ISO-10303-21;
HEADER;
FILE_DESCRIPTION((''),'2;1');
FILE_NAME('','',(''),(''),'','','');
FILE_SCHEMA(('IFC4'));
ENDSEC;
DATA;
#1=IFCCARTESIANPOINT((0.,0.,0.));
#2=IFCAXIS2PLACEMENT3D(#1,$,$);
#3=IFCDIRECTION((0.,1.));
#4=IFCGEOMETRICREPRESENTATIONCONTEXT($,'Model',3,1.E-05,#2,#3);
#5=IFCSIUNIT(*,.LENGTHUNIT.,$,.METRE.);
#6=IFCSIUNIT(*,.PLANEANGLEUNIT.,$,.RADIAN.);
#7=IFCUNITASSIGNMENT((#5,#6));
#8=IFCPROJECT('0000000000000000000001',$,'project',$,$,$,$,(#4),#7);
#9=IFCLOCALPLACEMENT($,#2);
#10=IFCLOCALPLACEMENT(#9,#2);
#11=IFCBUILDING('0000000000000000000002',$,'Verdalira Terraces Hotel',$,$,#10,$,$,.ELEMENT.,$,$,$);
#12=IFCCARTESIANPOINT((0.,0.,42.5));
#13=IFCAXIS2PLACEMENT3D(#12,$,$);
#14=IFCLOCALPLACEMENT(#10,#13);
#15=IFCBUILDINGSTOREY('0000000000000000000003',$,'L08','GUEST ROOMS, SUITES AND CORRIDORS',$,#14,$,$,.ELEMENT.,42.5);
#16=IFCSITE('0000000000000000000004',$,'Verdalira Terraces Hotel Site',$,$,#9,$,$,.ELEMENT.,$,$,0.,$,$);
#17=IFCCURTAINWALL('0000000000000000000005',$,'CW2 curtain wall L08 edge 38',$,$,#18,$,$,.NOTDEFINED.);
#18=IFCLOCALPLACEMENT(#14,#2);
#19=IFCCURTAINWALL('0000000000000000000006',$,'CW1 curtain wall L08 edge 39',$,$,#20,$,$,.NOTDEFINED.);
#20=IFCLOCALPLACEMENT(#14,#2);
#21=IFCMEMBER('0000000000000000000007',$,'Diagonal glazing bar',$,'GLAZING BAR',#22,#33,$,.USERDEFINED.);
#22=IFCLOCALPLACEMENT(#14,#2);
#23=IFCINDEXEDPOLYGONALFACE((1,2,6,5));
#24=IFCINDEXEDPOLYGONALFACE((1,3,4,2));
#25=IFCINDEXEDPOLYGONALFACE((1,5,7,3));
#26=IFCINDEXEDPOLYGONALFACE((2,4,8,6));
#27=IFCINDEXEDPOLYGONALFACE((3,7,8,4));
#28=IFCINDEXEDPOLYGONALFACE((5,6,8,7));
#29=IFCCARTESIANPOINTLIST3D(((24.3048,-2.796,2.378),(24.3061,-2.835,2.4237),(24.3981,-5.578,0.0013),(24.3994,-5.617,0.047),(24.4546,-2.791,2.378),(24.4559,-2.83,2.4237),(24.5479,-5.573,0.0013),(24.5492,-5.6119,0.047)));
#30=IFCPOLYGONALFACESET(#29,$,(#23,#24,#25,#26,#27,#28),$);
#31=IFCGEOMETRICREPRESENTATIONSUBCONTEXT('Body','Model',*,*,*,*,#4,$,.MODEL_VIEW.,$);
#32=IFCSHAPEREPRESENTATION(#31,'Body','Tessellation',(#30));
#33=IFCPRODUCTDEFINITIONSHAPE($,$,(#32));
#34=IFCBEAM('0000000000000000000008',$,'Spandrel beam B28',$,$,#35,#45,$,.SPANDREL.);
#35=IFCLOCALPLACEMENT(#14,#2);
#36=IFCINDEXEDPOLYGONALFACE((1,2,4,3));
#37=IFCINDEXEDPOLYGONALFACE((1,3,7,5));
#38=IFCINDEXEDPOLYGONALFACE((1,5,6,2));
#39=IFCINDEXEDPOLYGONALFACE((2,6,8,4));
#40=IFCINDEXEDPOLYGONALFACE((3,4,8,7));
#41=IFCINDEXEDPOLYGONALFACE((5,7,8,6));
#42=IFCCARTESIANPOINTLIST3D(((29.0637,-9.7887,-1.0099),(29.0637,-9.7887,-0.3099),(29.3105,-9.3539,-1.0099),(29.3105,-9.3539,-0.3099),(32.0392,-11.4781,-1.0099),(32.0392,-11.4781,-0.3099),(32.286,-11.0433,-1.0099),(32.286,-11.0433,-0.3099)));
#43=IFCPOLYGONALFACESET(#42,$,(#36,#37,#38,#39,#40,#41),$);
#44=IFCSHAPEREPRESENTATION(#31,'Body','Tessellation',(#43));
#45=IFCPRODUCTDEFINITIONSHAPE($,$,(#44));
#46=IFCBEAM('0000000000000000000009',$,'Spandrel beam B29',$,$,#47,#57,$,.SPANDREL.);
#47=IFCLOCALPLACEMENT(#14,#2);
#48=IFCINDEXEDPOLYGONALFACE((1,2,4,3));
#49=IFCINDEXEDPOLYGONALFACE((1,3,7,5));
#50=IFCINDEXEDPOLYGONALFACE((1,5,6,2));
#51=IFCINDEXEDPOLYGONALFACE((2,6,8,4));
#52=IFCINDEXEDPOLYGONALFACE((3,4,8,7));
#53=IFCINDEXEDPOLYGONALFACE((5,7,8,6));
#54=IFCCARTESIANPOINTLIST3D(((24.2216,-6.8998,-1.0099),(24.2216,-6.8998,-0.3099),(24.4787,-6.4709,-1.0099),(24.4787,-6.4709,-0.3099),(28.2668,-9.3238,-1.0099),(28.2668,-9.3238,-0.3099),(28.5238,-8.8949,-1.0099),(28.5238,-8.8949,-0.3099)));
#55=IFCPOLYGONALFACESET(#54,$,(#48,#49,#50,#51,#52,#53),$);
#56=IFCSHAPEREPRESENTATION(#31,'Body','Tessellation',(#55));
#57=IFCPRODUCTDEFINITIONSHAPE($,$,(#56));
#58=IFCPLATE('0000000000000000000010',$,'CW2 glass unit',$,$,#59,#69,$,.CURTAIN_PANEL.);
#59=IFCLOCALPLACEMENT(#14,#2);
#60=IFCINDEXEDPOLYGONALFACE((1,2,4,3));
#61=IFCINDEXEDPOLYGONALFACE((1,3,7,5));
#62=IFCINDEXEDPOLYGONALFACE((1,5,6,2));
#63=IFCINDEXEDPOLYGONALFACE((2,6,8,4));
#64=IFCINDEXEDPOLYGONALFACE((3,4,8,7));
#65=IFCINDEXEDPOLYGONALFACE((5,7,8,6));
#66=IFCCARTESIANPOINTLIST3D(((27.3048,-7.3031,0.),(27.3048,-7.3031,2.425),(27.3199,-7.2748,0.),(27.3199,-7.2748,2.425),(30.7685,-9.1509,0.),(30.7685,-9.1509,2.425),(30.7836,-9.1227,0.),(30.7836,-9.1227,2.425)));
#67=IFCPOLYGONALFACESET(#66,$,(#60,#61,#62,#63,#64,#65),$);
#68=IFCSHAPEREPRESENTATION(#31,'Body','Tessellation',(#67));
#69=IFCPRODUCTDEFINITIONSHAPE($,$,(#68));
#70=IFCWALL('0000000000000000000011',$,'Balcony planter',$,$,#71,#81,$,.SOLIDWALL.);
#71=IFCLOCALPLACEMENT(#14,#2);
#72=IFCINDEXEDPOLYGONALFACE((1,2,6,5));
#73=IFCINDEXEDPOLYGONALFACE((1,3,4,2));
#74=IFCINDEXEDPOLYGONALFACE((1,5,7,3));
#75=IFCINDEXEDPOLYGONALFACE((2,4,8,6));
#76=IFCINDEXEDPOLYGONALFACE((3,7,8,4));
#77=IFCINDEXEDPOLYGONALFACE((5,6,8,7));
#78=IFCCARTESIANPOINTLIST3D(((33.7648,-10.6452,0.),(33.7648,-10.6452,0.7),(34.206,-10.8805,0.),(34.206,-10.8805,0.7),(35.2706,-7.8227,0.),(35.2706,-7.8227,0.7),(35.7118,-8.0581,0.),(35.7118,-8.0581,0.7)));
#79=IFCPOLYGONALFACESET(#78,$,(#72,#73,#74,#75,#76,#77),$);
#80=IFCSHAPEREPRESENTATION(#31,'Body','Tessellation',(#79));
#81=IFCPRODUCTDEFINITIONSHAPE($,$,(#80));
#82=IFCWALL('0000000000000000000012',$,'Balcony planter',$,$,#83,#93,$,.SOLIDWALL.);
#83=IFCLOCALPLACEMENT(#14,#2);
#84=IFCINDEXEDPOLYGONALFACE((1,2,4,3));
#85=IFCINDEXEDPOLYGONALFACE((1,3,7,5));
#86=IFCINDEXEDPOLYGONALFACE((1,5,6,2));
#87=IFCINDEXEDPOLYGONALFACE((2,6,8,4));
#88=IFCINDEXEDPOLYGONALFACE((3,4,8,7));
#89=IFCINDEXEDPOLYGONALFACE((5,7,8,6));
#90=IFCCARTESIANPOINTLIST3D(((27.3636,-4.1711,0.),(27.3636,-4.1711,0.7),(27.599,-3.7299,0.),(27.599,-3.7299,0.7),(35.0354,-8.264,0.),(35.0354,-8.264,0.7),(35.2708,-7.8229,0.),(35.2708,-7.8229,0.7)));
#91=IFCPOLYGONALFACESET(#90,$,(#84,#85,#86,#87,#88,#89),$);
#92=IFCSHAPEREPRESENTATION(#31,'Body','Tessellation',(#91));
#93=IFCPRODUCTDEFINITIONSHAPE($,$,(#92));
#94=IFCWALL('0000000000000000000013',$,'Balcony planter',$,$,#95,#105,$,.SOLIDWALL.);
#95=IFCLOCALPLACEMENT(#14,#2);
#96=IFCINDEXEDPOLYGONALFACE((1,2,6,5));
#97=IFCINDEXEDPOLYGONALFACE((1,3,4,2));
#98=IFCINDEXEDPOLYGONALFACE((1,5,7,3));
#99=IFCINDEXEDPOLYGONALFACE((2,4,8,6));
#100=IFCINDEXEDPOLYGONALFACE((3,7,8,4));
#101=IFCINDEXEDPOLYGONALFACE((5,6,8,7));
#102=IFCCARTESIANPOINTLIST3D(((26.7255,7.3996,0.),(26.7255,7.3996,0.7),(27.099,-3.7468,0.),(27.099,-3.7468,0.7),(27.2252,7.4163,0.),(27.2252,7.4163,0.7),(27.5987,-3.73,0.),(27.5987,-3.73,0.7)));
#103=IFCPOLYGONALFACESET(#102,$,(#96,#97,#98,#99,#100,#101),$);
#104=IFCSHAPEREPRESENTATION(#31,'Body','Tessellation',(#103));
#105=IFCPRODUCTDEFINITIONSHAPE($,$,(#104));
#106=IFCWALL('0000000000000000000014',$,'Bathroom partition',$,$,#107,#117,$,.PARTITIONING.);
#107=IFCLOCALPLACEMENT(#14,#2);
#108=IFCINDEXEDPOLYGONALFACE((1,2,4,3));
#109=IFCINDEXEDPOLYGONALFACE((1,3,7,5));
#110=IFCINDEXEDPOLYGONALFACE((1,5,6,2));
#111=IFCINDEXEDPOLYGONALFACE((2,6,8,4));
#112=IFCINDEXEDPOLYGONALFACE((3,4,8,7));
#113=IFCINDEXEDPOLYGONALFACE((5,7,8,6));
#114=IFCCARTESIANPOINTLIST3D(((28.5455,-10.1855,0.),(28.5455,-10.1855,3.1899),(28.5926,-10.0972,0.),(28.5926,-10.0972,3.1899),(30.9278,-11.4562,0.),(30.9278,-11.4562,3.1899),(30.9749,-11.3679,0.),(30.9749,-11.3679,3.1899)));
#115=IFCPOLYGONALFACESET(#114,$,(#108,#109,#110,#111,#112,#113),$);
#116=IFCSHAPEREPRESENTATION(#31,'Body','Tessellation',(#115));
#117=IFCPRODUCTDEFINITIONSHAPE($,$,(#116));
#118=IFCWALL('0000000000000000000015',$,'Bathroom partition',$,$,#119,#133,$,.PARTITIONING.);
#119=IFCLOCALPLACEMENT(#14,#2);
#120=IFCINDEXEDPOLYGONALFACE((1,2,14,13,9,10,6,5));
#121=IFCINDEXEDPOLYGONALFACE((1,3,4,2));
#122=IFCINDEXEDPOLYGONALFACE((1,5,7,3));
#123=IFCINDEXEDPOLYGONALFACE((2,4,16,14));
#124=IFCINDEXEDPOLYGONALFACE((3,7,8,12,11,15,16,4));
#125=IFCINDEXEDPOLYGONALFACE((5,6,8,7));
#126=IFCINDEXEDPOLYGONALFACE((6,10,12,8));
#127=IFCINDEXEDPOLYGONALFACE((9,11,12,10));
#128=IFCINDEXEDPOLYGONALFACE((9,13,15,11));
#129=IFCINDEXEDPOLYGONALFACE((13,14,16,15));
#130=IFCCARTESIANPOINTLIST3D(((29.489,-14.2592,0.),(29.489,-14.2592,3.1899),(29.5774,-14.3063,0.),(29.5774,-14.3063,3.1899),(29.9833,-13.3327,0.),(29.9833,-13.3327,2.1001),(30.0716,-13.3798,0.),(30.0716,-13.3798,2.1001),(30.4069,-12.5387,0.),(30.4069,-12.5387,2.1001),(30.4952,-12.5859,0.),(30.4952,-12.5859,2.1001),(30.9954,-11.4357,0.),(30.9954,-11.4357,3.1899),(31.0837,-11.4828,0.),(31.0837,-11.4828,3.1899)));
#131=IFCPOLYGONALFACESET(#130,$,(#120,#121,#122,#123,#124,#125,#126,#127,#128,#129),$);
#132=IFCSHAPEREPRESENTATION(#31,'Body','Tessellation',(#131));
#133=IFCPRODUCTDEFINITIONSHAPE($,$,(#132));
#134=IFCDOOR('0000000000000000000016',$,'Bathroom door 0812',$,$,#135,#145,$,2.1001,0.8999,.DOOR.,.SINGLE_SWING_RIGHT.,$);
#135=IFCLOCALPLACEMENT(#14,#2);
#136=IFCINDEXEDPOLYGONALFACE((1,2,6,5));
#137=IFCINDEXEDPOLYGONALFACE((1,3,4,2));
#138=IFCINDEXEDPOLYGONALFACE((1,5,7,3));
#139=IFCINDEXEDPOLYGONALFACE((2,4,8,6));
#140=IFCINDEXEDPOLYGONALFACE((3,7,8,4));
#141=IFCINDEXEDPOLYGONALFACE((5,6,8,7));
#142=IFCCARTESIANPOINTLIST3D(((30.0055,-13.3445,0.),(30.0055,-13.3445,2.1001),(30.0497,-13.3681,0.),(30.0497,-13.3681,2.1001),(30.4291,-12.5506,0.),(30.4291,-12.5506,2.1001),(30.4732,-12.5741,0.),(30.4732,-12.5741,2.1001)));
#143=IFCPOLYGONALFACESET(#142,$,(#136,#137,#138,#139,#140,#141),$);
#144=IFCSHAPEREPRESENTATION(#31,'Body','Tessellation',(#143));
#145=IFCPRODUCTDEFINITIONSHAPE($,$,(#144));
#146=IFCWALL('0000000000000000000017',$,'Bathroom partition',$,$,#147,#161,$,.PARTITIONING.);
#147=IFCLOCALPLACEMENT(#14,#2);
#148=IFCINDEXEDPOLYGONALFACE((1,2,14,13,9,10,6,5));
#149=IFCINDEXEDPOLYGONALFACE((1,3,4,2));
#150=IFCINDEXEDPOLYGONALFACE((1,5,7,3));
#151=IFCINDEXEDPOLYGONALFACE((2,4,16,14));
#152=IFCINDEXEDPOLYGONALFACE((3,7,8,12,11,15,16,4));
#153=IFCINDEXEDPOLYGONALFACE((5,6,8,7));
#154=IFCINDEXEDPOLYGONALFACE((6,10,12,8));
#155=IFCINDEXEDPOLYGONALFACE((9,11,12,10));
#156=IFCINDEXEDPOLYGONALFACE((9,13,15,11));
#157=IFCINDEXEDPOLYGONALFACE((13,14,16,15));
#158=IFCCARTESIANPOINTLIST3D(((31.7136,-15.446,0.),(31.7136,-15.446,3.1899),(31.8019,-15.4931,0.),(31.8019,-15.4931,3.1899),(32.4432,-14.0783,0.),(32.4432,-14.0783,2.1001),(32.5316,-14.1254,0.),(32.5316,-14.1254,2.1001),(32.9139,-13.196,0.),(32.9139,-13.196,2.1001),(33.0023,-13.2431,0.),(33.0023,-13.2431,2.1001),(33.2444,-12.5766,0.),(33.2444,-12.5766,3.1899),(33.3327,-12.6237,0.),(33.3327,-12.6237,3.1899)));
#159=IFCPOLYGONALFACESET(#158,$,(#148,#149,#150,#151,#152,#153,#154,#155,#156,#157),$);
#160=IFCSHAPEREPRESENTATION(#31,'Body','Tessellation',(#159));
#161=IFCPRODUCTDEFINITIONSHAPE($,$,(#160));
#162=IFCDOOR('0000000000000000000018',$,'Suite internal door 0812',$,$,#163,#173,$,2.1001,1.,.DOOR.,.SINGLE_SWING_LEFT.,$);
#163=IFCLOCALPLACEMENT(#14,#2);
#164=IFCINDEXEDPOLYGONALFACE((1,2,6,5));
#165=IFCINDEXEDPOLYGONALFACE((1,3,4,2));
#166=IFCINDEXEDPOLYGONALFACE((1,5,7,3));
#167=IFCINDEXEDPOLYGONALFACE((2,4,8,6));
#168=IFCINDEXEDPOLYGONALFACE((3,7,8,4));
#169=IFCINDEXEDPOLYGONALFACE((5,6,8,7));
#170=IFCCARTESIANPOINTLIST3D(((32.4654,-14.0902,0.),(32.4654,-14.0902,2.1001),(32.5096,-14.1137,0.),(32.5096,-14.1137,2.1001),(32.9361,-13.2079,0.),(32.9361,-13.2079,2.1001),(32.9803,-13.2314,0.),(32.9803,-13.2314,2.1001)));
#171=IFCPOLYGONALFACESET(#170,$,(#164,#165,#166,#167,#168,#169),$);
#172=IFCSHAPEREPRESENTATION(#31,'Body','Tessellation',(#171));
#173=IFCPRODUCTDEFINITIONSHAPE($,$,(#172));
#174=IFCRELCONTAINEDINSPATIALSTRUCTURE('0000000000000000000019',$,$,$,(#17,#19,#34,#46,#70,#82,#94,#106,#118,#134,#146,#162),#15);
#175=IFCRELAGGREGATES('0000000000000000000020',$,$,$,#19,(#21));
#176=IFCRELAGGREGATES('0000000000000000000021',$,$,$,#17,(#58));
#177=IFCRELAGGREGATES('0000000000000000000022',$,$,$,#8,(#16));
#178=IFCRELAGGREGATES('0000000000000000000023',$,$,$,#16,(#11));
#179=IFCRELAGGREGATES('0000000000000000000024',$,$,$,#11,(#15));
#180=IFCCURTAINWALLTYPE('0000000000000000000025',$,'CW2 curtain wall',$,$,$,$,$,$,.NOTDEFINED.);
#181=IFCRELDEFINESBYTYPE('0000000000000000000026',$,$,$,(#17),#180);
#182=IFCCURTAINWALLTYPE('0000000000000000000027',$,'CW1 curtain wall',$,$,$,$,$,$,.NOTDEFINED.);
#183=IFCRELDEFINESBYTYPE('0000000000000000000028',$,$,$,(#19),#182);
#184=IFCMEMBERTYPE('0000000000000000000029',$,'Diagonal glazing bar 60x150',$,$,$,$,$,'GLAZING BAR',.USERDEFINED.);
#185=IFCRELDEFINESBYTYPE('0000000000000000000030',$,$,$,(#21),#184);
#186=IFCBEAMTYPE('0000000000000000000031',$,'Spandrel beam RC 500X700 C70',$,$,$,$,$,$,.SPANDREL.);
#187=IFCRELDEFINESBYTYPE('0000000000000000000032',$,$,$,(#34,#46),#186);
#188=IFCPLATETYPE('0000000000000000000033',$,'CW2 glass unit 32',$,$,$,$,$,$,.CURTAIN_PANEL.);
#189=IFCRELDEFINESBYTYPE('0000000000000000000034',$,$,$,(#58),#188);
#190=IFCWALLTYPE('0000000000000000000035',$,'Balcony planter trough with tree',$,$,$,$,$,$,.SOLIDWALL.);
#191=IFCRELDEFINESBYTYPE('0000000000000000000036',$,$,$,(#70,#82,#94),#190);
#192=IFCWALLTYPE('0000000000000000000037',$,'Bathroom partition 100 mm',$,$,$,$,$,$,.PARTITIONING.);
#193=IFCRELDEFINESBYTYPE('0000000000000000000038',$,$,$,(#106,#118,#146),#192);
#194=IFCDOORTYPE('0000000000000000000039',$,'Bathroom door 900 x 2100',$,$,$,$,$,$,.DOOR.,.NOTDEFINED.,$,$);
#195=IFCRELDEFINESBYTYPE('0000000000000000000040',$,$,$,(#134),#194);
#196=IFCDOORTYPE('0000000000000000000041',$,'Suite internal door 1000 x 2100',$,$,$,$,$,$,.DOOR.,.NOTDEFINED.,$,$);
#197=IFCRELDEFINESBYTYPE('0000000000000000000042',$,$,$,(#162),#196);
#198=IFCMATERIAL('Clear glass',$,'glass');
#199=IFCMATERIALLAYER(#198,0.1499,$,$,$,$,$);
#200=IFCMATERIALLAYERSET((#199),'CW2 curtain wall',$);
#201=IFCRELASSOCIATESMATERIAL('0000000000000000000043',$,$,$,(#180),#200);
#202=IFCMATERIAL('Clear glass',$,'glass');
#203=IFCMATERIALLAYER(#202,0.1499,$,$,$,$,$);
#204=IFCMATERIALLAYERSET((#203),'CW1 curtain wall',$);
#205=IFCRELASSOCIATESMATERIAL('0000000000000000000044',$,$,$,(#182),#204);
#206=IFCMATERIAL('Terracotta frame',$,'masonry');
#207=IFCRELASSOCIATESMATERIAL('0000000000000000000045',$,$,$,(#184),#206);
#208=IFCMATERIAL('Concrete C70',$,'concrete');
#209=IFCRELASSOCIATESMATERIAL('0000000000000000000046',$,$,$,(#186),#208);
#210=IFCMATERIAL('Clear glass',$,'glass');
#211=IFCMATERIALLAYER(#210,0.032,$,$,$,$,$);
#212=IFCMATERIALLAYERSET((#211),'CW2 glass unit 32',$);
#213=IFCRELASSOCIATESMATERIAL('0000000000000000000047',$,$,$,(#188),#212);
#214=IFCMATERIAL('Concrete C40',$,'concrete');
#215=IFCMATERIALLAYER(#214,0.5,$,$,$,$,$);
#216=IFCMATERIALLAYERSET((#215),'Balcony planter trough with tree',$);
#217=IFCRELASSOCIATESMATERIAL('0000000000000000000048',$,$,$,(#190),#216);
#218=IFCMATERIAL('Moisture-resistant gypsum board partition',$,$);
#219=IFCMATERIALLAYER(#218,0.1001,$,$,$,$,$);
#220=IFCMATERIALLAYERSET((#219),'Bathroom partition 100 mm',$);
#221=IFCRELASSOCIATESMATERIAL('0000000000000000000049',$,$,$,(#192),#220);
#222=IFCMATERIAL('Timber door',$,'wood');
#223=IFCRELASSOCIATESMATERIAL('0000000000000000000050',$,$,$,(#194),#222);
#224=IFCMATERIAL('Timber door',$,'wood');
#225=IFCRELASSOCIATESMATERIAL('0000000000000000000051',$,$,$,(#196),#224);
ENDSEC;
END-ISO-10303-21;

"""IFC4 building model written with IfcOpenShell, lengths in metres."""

from ifc_helpers import new_model, si_unit, direction, frame, frame_2d, origin, origin_2d, place, context, subcontext, project, spatial, rectangle, extrude, material, layer, layer_set, material_profile, profile_set, type_object, element, fill, aggregate, save


model = new_model("IFC4")

# Units and contexts
model_context = context("Model", 3, precision=1e-05, world=origin(), true_north=direction((0.0, 1.0)))
body_context = subcontext(model_context, "Body", "Model", "MODEL_VIEW")
ifc_project = project(units=[si_unit("LENGTHUNIT", "METRE"), si_unit("PLANEANGLEUNIT", "RADIAN")], contexts=[model_context])

# Site, building, storey
site_placement = place(None, origin())
site = spatial("IfcSite", under=ifc_project, at=site_placement, Name="Verdalira Terraces Hotel Site", CompositionType="ELEMENT", RefElevation=0.0)
building_placement = place(site_placement, origin())
building = spatial("IfcBuilding", under=site, at=building_placement, Name="Verdalira Terraces Hotel", CompositionType="ELEMENT")
storey_placement = place(building_placement, frame((0.0, 0.0, 42.5)))
storey = spatial("IfcBuildingStorey", under=building, at=storey_placement, Name="L08", Description="GUEST ROOMS, SUITES AND CORRIDORS", CompositionType="ELEMENT", Elevation=42.5)

# Curtain wall
ifc_material_1 = material(Name="Clear glass", Category="glass")
ifc_layer_1 = layer(ifc_material_1, 0.1499)
ifc_layer_set_1 = layer_set([ifc_layer_1], Name="CW2 curtain wall")
curtain_wall_type_1 = type_object("IfcCurtainWallType", Name="CW2 curtain wall", PredefinedType="NOTDEFINED", material=ifc_layer_set_1)
curtain_wall_1_placement = place(storey_placement, origin())
curtain_wall_1 = element("IfcCurtainWall", 1, at=curtain_wall_1_placement, inside=storey, type_object=curtain_wall_type_1, Name="CW2 curtain wall L08 edge 38", PredefinedType="NOTDEFINED")

# Curtain wall, member
ifc_material_2 = material(Name="Clear glass", Category="glass")
ifc_layer_2 = layer(ifc_material_2, 0.1499)
ifc_layer_set_2 = layer_set([ifc_layer_2], Name="CW1 curtain wall")
curtain_wall_type_2 = type_object("IfcCurtainWallType", Name="CW1 curtain wall", PredefinedType="NOTDEFINED", material=ifc_layer_set_2)
curtain_wall_2_placement = place(storey_placement, origin())
curtain_wall_2 = element("IfcCurtainWall", 2, at=curtain_wall_2_placement, inside=storey, type_object=curtain_wall_type_2, Name="CW1 curtain wall L08 edge 39", PredefinedType="NOTDEFINED")
ifc_material_3 = material(Name="Terracotta frame", Category="masonry")
ifc_material_profile_1 = material_profile(ifc_material_3, rectangle(XDim=0.1499, YDim=0.0601, at=origin_2d()), Name="GB 60x150")
ifc_profile_set_1 = profile_set([ifc_material_profile_1], Name="Terracotta frame")
member_type_1 = type_object("IfcMemberType", Name="Diagonal glazing bar 60x150", ElementType="GLAZING BAR", PredefinedType="USERDEFINED", material=ifc_profile_set_1)
member_1_placement = place(storey_placement, frame((24.4736, -5.595, 0.0242), z_axis=(-0.02548, 0.760068, 0.649343), x_axis=(-0.999439, -0.033505, 0.0)))
member_1 = element("IfcMember", 3, at=member_1_placement, type_object=member_type_1, Name="Diagonal glazing bar", ObjectType="GLAZING BAR", PredefinedType="USERDEFINED", context=body_context, shape_type="SweptSolid", body=[
    extrude(rectangle(XDim=0.1499, YDim=0.0601, at=origin_2d()), origin(), (0.0, 0.0, 1.0), 3.6602),
])
aggregate(curtain_wall_2, [member_1])

# Beams
ifc_material_4 = material(Name="Concrete C70", Category="concrete")
ifc_material_profile_2 = material_profile(ifc_material_4, rectangle(XDim=0.5, YDim=0.7, at=origin_2d()), Name="RC 500X700")
ifc_profile_set_2 = profile_set([ifc_material_profile_2], Name="Concrete C70")
beam_type_1 = type_object("IfcBeamType", Name="Spandrel beam RC 500X700 C70", PredefinedType="SPANDREL", material=ifc_profile_set_2)
beam_1_placement = place(storey_placement, frame((32.1626, -11.2607, -0.6599), z_axis=(-0.86961, 0.49374, 0.0), x_axis=(-0.49374, -0.86961, 0.0)))
element("IfcBeam", 4, at=beam_1_placement, inside=storey, type_object=beam_type_1, Name="Spandrel beam B28", PredefinedType="SPANDREL", context=body_context, shape_type="SweptSolid", body=[
    extrude(rectangle(XDim=0.5, YDim=0.7, at=origin_2d()), origin(), (0.0, 0.0, 1.0), 3.4216),
])
beam_2_placement = place(storey_placement, frame((28.3953, -9.1094, -0.6599), z_axis=(-0.857776, 0.514024, 0.0), x_axis=(-0.514024, -0.857776, 0.0)))
element("IfcBeam", 5, at=beam_2_placement, inside=storey, type_object=beam_type_1, Name="Spandrel beam B29", PredefinedType="SPANDREL", context=body_context, shape_type="SweptSolid", body=[
    extrude(rectangle(XDim=0.5, YDim=0.7, at=origin_2d()), origin(), (0.0, 0.0, 1.0), 4.7158),
])

# Plate
ifc_material_5 = material(Name="Clear glass", Category="glass")
ifc_layer_3 = layer(ifc_material_5, 0.032)
ifc_layer_set_3 = layer_set([ifc_layer_3], Name="CW2 glass unit 32")
plate_type = type_object("IfcPlateType", Name="CW2 glass unit 32", PredefinedType="CURTAIN_PANEL", material=ifc_layer_set_3)
plate_placement = place(storey_placement, frame((29.0442, -8.2129, 0.0), z_axis=(0.0, 0.0, 1.0), x_axis=(-0.882291, 0.470704, 0.0)))
plate = element("IfcPlate", 6, at=plate_placement, type_object=plate_type, Name="CW2 glass unit", PredefinedType="CURTAIN_PANEL", context=body_context, shape_type="SweptSolid", body=[
    extrude(rectangle(XDim=3.9258, YDim=0.032, at=origin_2d()), origin(), (0.0, 0.0, 1.0), 2.425),
])
aggregate(curtain_wall_1, [plate])

# Walls
ifc_material_6 = material(Name="Concrete C40", Category="concrete")
ifc_layer_4 = layer(ifc_material_6, 0.5)
ifc_layer_set_4 = layer_set([ifc_layer_4], Name="Balcony planter trough with tree")
wall_type_1 = type_object("IfcWallType", Name="Balcony planter trough with tree", PredefinedType="SOLIDWALL", material=ifc_layer_set_4)
wall_1_placement = place(storey_placement, frame((33.9854, -10.7629, 0.0), z_axis=(0.0, 0.0, 1.0), x_axis=(0.470715, 0.882285, 0.0)))
element("IfcWall", 7, at=wall_1_placement, inside=storey, type_object=wall_type_1, Name="Balcony planter", PredefinedType="SOLIDWALL", context=body_context, shape_type="SweptSolid", body=[
    extrude(rectangle(XDim=3.199, YDim=0.5, at=frame_2d((1.5996, 0.0))), origin(), (0.0, 0.0, 1.0), 0.7),
])
wall_2_placement = place(storey_placement, frame((35.1531, -8.0435, 0.0), z_axis=(0.0, 0.0, 1.0), x_axis=(-0.882288, 0.470709, 0.0)))
element("IfcWall", 8, at=wall_2_placement, inside=storey, type_object=wall_type_1, Name="Balcony planter", PredefinedType="SOLIDWALL", context=body_context, shape_type="SweptSolid", body=[
    extrude(rectangle(XDim=8.6953, YDim=0.5, at=frame_2d((4.3477, 0.0))), origin(), (0.0, 0.0, 1.0), 0.7),
])
wall_3_placement = place(storey_placement, frame((27.3489, -3.7383, 0.0), z_axis=(0.0, 0.0, 1.0), x_axis=(-0.033493, 0.999439, 0.0)))
element("IfcWall", 9, at=wall_3_placement, inside=storey, type_object=wall_type_1, Name="Balcony planter", PredefinedType="SOLIDWALL", context=body_context, shape_type="SweptSolid", body=[
    extrude(rectangle(XDim=11.1526, YDim=0.5, at=frame_2d((5.5762, 0.0))), origin(), (0.0, 0.0, 1.0), 0.7),
])
ifc_material_7 = material(Name="Moisture-resistant gypsum board partition")
ifc_layer_5 = layer(ifc_material_7, 0.1001)
ifc_layer_set_5 = layer_set([ifc_layer_5], Name="Bathroom partition 100 mm")
wall_type_2 = type_object("IfcWallType", Name="Bathroom partition 100 mm", PredefinedType="PARTITIONING", material=ifc_layer_set_5)
wall_4_placement = place(storey_placement, frame((30.9514, -11.4121, 0.0), z_axis=(0.0, 0.0, 1.0), x_axis=(-0.882325, 0.47064, 0.0)))
element("IfcWall", 10, at=wall_4_placement, inside=storey, type_object=wall_type_2, Name="Bathroom partition", PredefinedType="PARTITIONING", context=body_context, shape_type="SweptSolid", body=[
    extrude(rectangle(XDim=2.7, YDim=0.1001, at=frame_2d((1.3501, 0.0))), origin(), (0.0, 0.0, 1.0), 3.1899),
])

# Walls, openings, doors
wall_5_placement = place(storey_placement, frame((29.5332, -14.2827, 0.0), z_axis=(0.0, 0.0, 1.0), x_axis=(0.470707, 0.88229, 0.0)))
wall_5 = element("IfcWall", 11, at=wall_5_placement, inside=storey, type_object=wall_type_2, Name="Bathroom partition", PredefinedType="PARTITIONING", context=body_context, shape_type="SweptSolid", body=[
    extrude(rectangle(XDim=3.2002, YDim=0.1001, at=frame_2d((1.6001, 0.0))), origin(), (0.0, 0.0, 1.0), 3.1899),
])
opening_1_placement = place(wall_5_placement, frame((1.05, 0.0, 0.0)))
opening_1 = element("IfcOpeningElement", 12, at=opening_1_placement, cuts=wall_5, PredefinedType="OPENING", context=body_context, shape_type="SweptSolid", body=[
    extrude(rectangle(XDim=0.8999, YDim=2.1001, at=frame_2d((0.45, 1.05))), frame((0.0, 0.0601, 0.0), z_axis=(0.0, -1.0, 0.0), x_axis=(1.0, 0.0, 0.0)), (0.0, 0.0, 1.0), 0.1201),
])
ifc_material_8 = material(Name="Timber door", Category="wood")
door_type_1 = type_object("IfcDoorType", Name="Bathroom door 900 x 2100", OperationType="NOTDEFINED", PredefinedType="DOOR", material=ifc_material_8)
door_1_placement = place(opening_1_placement, origin())
door_1 = element("IfcDoor", 13, at=door_1_placement, inside=storey, type_object=door_type_1, Name="Bathroom door 0812", OperationType="SINGLE_SWING_RIGHT", OverallHeight=2.1001, OverallWidth=0.8999, PredefinedType="DOOR", context=body_context, shape_type="SweptSolid", body=[
    extrude(rectangle(XDim=0.8999, YDim=2.1001, at=frame_2d((0.45, 1.05))), frame((0.0, 0.0249, 0.0), z_axis=(0.0, -1.0, 0.0), x_axis=(1.0, 0.0, 0.0)), (0.0, 0.0, 1.0), 0.05),
])
fill(opening_1, door_1)
wall_6_placement = place(storey_placement, frame((31.7578, -15.4695, 0.0), z_axis=(0.0, 0.0, 1.0), x_axis=(0.47069, 0.882299, 0.0)))
wall_6 = element("IfcWall", 14, at=wall_6_placement, inside=storey, type_object=wall_type_2, Name="Bathroom partition", PredefinedType="PARTITIONING", context=body_context, shape_type="SweptSolid", body=[
    extrude(rectangle(XDim=3.2522, YDim=0.1001, at=frame_2d((1.626, 0.0))), origin(), (0.0, 0.0, 1.0), 3.1899),
])
opening_2_placement = place(wall_6_placement, frame((1.55, 0.0, 0.0)))
opening_2 = element("IfcOpeningElement", 15, at=opening_2_placement, cuts=wall_6, PredefinedType="OPENING", context=body_context, shape_type="SweptSolid", body=[
    extrude(rectangle(XDim=1.0, YDim=2.1001, at=frame_2d((0.5, 1.05))), frame((0.0, 0.0601, 0.0), z_axis=(0.0, -1.0, 0.0), x_axis=(1.0, 0.0, 0.0)), (0.0, 0.0, 1.0), 0.1201),
])
ifc_material_9 = material(Name="Timber door", Category="wood")
door_type_2 = type_object("IfcDoorType", Name="Suite internal door 1000 x 2100", OperationType="NOTDEFINED", PredefinedType="DOOR", material=ifc_material_9)
door_2_placement = place(opening_2_placement, origin())
door_2 = element("IfcDoor", 16, at=door_2_placement, inside=storey, type_object=door_type_2, Name="Suite internal door 0812", OperationType="SINGLE_SWING_LEFT", OverallHeight=2.1001, OverallWidth=1.0, PredefinedType="DOOR", context=body_context, shape_type="SweptSolid", body=[
    extrude(rectangle(XDim=1.0, YDim=2.1001, at=frame_2d((0.5, 1.05))), frame((0.0, 0.0249, 0.0), z_axis=(0.0, -1.0, 0.0), x_axis=(1.0, 0.0, 0.0)), (0.0, 0.0, 1.0), 0.05),
])
fill(opening_2, door_2)

save(model, "model.ifc")
